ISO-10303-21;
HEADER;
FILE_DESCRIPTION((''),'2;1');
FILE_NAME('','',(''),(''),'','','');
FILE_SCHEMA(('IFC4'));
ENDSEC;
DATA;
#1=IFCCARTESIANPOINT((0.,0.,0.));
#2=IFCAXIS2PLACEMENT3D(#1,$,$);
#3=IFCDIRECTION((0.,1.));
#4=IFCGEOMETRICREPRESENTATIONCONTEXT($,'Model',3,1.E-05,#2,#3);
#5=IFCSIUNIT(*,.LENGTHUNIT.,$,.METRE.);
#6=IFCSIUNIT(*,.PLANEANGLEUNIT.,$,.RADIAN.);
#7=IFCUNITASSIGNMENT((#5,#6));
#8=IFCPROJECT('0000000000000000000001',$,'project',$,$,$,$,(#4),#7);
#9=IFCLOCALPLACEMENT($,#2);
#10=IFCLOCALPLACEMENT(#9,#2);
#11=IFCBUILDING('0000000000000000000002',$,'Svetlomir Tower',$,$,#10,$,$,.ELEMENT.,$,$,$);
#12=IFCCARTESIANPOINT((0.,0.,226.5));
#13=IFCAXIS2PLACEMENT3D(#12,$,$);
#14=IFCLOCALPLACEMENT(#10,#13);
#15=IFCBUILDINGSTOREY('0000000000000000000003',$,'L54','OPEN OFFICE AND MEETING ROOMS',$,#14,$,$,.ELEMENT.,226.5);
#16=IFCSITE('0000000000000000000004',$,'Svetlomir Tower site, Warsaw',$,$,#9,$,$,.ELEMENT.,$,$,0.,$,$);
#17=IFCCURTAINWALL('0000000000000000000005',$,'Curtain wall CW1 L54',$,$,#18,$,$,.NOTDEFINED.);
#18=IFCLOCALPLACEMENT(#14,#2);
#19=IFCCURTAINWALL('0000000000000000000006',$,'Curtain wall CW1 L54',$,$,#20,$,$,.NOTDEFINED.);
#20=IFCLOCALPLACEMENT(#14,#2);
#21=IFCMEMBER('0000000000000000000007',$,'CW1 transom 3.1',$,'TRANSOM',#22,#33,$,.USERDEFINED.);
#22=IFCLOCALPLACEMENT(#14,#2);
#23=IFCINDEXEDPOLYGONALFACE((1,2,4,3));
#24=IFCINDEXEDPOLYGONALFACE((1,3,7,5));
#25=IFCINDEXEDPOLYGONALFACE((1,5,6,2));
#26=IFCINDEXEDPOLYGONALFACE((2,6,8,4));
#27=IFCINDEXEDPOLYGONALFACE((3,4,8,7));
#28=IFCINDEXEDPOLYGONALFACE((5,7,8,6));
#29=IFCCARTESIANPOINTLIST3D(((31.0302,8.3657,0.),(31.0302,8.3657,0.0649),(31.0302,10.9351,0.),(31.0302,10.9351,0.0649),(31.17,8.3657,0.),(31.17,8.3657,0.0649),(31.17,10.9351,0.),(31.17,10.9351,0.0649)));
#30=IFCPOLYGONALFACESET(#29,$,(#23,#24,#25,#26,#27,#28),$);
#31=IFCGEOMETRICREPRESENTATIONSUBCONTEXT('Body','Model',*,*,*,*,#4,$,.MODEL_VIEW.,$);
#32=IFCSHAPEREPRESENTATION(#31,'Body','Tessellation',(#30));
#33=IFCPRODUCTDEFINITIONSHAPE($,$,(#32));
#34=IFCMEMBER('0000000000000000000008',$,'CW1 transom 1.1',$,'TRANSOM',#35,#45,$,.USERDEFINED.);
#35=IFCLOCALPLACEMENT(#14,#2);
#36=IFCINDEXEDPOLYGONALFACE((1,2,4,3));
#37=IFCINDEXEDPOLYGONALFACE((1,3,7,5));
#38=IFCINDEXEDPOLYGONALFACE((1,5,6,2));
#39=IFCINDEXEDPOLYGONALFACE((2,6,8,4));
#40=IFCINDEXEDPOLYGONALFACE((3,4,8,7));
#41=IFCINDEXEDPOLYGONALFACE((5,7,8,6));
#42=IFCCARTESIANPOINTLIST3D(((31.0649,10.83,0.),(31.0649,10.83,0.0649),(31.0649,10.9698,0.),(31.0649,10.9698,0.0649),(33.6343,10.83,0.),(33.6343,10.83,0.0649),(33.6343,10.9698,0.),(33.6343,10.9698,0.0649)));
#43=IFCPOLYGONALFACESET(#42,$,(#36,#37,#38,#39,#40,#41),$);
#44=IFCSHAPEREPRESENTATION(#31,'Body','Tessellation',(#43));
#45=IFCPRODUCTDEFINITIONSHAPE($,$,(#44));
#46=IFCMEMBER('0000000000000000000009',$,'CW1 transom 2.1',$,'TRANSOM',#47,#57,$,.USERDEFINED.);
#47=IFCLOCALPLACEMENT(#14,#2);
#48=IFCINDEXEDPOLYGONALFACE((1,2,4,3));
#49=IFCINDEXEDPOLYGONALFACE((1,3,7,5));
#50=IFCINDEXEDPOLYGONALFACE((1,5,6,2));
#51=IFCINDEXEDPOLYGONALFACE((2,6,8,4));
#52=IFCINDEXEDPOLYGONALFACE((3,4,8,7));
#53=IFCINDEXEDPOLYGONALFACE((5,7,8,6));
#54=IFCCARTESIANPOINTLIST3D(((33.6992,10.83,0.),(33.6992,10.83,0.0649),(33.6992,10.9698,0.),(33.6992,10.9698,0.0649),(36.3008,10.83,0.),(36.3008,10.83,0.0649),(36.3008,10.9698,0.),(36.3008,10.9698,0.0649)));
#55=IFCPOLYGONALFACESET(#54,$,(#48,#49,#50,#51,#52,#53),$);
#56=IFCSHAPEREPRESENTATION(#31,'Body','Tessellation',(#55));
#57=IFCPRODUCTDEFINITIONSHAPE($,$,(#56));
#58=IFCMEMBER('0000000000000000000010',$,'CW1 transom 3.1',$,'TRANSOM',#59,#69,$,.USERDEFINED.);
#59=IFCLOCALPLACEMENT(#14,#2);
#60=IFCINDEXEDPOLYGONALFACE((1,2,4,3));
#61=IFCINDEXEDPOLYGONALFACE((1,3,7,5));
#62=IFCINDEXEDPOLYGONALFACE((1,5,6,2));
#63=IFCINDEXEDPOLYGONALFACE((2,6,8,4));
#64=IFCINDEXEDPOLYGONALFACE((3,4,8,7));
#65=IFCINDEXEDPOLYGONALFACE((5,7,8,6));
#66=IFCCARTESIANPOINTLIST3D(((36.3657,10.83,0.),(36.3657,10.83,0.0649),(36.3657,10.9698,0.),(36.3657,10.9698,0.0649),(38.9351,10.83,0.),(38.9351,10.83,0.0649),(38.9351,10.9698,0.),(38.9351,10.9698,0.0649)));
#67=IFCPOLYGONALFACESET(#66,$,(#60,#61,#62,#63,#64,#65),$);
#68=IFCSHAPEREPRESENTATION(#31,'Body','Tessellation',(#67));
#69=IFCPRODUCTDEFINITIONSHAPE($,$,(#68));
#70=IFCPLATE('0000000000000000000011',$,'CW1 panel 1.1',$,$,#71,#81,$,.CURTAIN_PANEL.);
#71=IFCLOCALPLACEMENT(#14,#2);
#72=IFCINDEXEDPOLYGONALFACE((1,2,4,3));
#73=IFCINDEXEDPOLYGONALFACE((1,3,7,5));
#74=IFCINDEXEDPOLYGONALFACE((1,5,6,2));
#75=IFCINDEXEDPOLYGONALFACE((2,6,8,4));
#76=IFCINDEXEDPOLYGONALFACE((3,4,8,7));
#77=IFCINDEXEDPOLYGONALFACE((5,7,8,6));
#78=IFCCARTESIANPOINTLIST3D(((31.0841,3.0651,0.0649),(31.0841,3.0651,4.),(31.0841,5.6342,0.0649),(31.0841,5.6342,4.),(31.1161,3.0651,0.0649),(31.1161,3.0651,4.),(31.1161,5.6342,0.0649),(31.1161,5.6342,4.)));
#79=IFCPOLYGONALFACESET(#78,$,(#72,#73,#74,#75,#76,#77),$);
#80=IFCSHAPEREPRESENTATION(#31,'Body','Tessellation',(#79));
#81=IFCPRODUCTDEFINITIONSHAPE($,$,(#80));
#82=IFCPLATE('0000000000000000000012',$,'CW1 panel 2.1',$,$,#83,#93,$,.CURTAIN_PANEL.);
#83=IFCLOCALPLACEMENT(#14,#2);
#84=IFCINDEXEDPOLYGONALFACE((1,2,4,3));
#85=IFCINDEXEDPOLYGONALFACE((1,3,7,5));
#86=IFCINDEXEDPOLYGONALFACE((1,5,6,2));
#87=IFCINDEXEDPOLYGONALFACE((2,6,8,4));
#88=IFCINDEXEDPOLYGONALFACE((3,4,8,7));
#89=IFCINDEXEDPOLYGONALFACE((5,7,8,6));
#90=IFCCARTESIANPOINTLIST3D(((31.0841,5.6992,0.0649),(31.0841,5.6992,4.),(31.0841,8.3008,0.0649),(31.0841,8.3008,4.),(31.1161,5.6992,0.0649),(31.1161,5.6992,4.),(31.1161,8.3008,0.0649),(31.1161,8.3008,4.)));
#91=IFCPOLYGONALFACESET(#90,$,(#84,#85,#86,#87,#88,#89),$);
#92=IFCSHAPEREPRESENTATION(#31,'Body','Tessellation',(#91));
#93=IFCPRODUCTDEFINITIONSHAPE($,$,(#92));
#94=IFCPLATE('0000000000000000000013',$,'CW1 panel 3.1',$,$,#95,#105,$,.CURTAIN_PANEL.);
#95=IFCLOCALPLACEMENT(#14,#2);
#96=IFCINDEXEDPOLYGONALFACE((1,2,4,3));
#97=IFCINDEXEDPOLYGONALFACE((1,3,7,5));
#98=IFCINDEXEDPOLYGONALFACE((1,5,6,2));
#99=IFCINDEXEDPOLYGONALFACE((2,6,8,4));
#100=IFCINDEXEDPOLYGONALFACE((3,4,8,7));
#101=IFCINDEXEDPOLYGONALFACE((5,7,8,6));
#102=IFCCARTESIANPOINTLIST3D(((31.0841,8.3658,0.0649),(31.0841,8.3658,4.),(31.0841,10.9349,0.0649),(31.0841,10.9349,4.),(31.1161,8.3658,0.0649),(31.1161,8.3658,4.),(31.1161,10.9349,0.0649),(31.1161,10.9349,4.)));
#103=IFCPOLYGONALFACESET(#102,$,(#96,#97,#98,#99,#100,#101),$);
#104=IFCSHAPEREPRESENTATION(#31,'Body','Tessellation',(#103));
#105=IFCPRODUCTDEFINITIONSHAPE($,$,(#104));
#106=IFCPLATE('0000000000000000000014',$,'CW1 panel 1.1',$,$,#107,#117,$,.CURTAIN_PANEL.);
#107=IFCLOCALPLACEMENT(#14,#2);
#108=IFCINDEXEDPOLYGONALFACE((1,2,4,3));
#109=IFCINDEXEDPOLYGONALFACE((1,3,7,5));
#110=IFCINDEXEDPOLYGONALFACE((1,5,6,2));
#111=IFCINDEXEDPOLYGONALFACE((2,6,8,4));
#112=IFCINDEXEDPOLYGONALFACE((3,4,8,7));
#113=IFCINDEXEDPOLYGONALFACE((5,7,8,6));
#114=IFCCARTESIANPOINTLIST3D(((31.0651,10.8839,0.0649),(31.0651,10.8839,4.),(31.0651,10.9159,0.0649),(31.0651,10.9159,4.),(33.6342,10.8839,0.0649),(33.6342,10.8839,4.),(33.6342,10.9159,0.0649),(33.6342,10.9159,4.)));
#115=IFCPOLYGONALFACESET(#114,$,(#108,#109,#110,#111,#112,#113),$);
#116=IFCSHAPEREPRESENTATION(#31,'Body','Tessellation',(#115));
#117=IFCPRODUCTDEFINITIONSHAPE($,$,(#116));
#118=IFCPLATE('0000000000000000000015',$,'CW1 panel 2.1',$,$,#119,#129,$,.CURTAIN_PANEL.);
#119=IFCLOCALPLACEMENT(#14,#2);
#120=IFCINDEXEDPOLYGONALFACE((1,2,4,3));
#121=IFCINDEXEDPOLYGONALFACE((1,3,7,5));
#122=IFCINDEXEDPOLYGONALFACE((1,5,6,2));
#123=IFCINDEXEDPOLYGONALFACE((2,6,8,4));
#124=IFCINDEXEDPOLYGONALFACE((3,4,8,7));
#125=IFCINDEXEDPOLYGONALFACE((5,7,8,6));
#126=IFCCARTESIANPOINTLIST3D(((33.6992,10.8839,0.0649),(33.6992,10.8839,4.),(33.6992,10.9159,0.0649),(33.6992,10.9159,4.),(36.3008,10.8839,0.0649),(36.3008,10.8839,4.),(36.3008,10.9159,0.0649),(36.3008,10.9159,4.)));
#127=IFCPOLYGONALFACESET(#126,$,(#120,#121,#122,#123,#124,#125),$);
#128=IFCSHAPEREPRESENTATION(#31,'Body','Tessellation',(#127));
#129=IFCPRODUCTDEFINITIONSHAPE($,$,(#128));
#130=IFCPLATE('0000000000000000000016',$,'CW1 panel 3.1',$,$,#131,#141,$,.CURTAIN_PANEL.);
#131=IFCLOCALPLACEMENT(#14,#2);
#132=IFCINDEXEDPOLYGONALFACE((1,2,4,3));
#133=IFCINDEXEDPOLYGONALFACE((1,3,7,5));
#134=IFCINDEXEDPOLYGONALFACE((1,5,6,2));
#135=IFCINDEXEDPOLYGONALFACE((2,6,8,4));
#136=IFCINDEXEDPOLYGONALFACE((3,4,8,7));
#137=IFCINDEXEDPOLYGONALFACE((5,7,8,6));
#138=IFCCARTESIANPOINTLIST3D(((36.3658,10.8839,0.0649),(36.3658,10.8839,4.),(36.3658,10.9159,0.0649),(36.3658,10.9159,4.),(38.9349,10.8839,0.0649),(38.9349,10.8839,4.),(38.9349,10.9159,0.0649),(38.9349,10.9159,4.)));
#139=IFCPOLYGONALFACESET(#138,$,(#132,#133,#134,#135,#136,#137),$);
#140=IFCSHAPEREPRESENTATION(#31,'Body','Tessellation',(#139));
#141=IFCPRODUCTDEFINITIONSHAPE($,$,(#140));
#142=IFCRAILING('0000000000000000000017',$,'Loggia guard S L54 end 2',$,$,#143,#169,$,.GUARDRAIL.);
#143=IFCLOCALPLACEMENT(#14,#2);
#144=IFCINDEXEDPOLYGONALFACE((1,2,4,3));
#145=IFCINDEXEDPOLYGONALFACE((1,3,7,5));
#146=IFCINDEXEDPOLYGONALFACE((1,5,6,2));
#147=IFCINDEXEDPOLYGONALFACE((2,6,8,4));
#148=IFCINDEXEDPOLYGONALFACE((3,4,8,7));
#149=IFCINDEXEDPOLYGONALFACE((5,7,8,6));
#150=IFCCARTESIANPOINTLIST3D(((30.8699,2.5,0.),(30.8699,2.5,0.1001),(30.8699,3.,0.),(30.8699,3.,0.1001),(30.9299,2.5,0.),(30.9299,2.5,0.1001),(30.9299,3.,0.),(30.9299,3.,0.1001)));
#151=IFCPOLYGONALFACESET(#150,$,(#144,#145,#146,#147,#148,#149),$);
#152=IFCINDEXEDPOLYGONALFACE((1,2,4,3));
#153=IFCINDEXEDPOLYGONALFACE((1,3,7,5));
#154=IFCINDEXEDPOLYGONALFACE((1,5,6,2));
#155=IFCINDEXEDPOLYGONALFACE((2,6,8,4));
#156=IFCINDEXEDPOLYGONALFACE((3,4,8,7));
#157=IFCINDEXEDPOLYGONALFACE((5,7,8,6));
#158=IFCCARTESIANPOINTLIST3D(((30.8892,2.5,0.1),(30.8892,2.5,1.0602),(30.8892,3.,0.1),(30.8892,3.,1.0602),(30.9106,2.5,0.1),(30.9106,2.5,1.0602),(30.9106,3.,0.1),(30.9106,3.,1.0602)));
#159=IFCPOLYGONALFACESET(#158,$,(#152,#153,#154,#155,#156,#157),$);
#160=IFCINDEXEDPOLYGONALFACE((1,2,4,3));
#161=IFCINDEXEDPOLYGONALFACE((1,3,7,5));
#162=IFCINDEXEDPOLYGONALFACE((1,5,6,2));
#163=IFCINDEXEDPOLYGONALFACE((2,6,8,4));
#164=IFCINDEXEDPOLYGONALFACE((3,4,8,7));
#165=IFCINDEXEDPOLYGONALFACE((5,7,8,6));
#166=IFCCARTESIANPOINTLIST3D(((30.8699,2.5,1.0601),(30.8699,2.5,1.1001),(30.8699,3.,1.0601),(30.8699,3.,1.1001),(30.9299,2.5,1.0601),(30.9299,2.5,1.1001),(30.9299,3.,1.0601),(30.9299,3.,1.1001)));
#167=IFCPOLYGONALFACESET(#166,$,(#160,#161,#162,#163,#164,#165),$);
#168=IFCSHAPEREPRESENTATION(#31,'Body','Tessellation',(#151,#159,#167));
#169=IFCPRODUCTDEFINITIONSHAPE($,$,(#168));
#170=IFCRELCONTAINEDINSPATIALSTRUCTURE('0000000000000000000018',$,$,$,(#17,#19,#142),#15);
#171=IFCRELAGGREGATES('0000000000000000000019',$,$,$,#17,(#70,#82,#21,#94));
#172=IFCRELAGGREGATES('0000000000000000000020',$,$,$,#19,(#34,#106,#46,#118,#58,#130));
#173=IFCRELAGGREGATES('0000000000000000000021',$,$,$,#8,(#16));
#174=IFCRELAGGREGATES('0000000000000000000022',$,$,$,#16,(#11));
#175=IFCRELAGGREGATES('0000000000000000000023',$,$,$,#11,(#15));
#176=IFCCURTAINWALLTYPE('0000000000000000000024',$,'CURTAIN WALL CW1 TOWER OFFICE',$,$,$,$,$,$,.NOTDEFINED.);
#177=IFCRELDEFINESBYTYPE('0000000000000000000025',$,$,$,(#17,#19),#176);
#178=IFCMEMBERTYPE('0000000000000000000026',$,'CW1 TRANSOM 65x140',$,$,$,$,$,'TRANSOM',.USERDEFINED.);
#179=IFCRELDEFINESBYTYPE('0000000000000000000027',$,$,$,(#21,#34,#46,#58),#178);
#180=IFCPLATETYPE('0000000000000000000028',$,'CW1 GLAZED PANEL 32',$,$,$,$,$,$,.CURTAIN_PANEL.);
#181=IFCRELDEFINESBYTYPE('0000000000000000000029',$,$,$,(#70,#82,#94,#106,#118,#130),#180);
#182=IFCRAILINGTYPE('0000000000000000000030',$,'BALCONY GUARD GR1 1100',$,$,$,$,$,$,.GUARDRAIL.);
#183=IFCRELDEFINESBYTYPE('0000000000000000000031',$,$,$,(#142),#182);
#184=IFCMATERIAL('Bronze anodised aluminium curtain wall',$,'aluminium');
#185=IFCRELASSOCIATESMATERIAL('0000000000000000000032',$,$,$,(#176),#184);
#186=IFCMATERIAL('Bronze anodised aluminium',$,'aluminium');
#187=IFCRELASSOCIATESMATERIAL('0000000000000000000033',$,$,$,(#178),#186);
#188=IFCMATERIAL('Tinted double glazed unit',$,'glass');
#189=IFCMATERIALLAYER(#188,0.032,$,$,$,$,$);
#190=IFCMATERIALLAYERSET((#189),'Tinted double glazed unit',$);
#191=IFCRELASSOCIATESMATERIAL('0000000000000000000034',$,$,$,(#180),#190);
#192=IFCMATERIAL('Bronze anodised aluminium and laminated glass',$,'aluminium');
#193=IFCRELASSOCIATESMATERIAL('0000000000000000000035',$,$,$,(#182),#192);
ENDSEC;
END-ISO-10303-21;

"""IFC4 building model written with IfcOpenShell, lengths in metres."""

from ifc_helpers import new_model, si_unit, direction, frame, origin, origin_2d, place, context, subcontext, project, spatial, rectangle, extrude, material, layer, layer_set, material_profile, profile_set, type_object, element, aggregate, save


model = new_model("IFC4")

# Units and contexts
model_context = context("Model", 3, precision=1e-05, world=origin(), true_north=direction((0.0, 1.0)))
body_context = subcontext(model_context, "Body", "Model", "MODEL_VIEW")
ifc_project = project(units=[si_unit("LENGTHUNIT", "METRE"), si_unit("PLANEANGLEUNIT", "RADIAN")], contexts=[model_context])

# Site, building, storey
site_placement = place(None, origin())
site = spatial("IfcSite", under=ifc_project, at=site_placement, Name="Svetlomir Tower site, Warsaw", CompositionType="ELEMENT", RefElevation=0.0)
building_placement = place(site_placement, origin())
building = spatial("IfcBuilding", under=site, at=building_placement, Name="Svetlomir Tower", CompositionType="ELEMENT")
storey_placement = place(building_placement, frame((0.0, 0.0, 226.5)))
storey = spatial("IfcBuildingStorey", under=building, at=storey_placement, Name="L54", Description="OPEN OFFICE AND MEETING ROOMS", CompositionType="ELEMENT", Elevation=226.5)

# Curtain walls
ifc_material_1 = material(Name="Bronze anodised aluminium curtain wall", Category="aluminium")
curtain_wall_type = type_object("IfcCurtainWallType", Name="CURTAIN WALL CW1 TOWER OFFICE", PredefinedType="NOTDEFINED", material=ifc_material_1)
curtain_wall_1_placement = place(storey_placement, origin())
curtain_wall_1 = element("IfcCurtainWall", 1, at=curtain_wall_1_placement, inside=storey, type_object=curtain_wall_type, Name="Curtain wall CW1 L54", PredefinedType="NOTDEFINED")
curtain_wall_2_placement = place(storey_placement, origin())
curtain_wall_2 = element("IfcCurtainWall", 2, at=curtain_wall_2_placement, inside=storey, type_object=curtain_wall_type, Name="Curtain wall CW1 L54", PredefinedType="NOTDEFINED")

# Members
ifc_material_2 = material(Name="Bronze anodised aluminium", Category="aluminium")
ifc_material_profile_1 = material_profile(ifc_material_2, rectangle(XDim=0.1399, YDim=0.0649, at=origin_2d()), Name="AL 140x65")
ifc_profile_set_1 = profile_set([ifc_material_profile_1], Name="Bronze anodised aluminium 6063-T6")
member_type_1 = type_object("IfcMemberType", Name="CW1 TRANSOM 65x140", ElementType="TRANSOM", PredefinedType="USERDEFINED", material=ifc_profile_set_1)
member_1_placement = place(storey_placement, frame((31.1001, 8.3657, 0.0325), z_axis=(0.0, 1.0, 0.0), x_axis=(-1.0, 0.0, 0.0)))
member_1 = element("IfcMember", 3, at=member_1_placement, type_object=member_type_1, Name="CW1 transom 3.1", ObjectType="TRANSOM", PredefinedType="USERDEFINED", context=body_context, shape_type="SweptSolid", body=[
    extrude(rectangle(XDim=0.1399, YDim=0.0649, at=origin_2d()), origin(), (0.0, 0.0, 1.0), 2.5693),
])
member_2_placement = place(storey_placement, frame((31.0649, 10.8999, 0.0325), z_axis=(1.0, 0.0, 0.0), x_axis=(0.0, 1.0, 0.0)))
member_2 = element("IfcMember", 4, at=member_2_placement, type_object=member_type_1, Name="CW1 transom 1.1", ObjectType="TRANSOM", PredefinedType="USERDEFINED", context=body_context, shape_type="SweptSolid", body=[
    extrude(rectangle(XDim=0.1399, YDim=0.0649, at=origin_2d()), origin(), (0.0, 0.0, 1.0), 2.5693),
])
member_3_placement = place(storey_placement, frame((33.6992, 10.8999, 0.0325), z_axis=(1.0, 0.0, 0.0), x_axis=(0.0, 1.0, 0.0)))
member_3 = element("IfcMember", 5, at=member_3_placement, type_object=member_type_1, Name="CW1 transom 2.1", ObjectType="TRANSOM", PredefinedType="USERDEFINED", context=body_context, shape_type="SweptSolid", body=[
    extrude(rectangle(XDim=0.1399, YDim=0.0649, at=origin_2d()), origin(), (0.0, 0.0, 1.0), 2.6016),
])
member_4_placement = place(storey_placement, frame((36.3657, 10.8999, 0.0325), z_axis=(1.0, 0.0, 0.0), x_axis=(0.0, 1.0, 0.0)))
member_4 = element("IfcMember", 6, at=member_4_placement, type_object=member_type_1, Name="CW1 transom 3.1", ObjectType="TRANSOM", PredefinedType="USERDEFINED", context=body_context, shape_type="SweptSolid", body=[
    extrude(rectangle(XDim=0.1399, YDim=0.0649, at=origin_2d()), origin(), (0.0, 0.0, 1.0), 2.5693),
])

# Plates
ifc_material_3 = material(Name="Tinted double glazed unit", Category="glass")
ifc_layer_1 = layer(ifc_material_3, 0.032)
ifc_layer_set_1 = layer_set([ifc_layer_1], Name="Tinted double glazed unit")
plate_type = type_object("IfcPlateType", Name="CW1 GLAZED PANEL 32", PredefinedType="CURTAIN_PANEL", material=ifc_layer_set_1)
plate_1_placement = place(storey_placement, frame((31.1001, 4.3496, 0.0649), z_axis=(0.0, 0.0, 1.0), x_axis=(0.0, 1.0, 0.0)))
plate_1 = element("IfcPlate", 7, at=plate_1_placement, type_object=plate_type, Name="CW1 panel 1.1", PredefinedType="CURTAIN_PANEL", context=body_context, shape_type="SweptSolid", body=[
    extrude(rectangle(XDim=2.5691, YDim=0.032, at=origin_2d()), origin(), (0.0, 0.0, 1.0), 3.9351),
])
plate_2_placement = place(storey_placement, frame((31.1001, 7.0, 0.0649), z_axis=(0.0, 0.0, 1.0), x_axis=(0.0, 1.0, 0.0)))
plate_2 = element("IfcPlate", 8, at=plate_2_placement, type_object=plate_type, Name="CW1 panel 2.1", PredefinedType="CURTAIN_PANEL", context=body_context, shape_type="SweptSolid", body=[
    extrude(rectangle(XDim=2.6016, YDim=0.032, at=origin_2d()), origin(), (0.0, 0.0, 1.0), 3.9351),
])
plate_3_placement = place(storey_placement, frame((31.1001, 9.6504, 0.0649), z_axis=(0.0, 0.0, 1.0), x_axis=(0.0, 1.0, 0.0)))
plate_3 = element("IfcPlate", 9, at=plate_3_placement, type_object=plate_type, Name="CW1 panel 3.1", PredefinedType="CURTAIN_PANEL", context=body_context, shape_type="SweptSolid", body=[
    extrude(rectangle(XDim=2.5691, YDim=0.032, at=origin_2d()), origin(), (0.0, 0.0, 1.0), 3.9351),
])
aggregate(curtain_wall_1, [plate_1, plate_2, member_1, plate_3])
plate_4_placement = place(storey_placement, frame((32.3496, 10.8999, 0.0649), z_axis=(0.0, 0.0, 1.0), x_axis=(1.0, 0.0, 0.0)))
plate_4 = element("IfcPlate", 10, at=plate_4_placement, type_object=plate_type, Name="CW1 panel 1.1", PredefinedType="CURTAIN_PANEL", context=body_context, shape_type="SweptSolid", body=[
    extrude(rectangle(XDim=2.5691, YDim=0.032, at=origin_2d()), origin(), (0.0, 0.0, 1.0), 3.9351),
])
plate_5_placement = place(storey_placement, frame((35.0, 10.8999, 0.0649), z_axis=(0.0, 0.0, 1.0), x_axis=(1.0, 0.0, 0.0)))
plate_5 = element("IfcPlate", 11, at=plate_5_placement, type_object=plate_type, Name="CW1 panel 2.1", PredefinedType="CURTAIN_PANEL", context=body_context, shape_type="SweptSolid", body=[
    extrude(rectangle(XDim=2.6016, YDim=0.032, at=origin_2d()), origin(), (0.0, 0.0, 1.0), 3.9351),
])
plate_6_placement = place(storey_placement, frame((37.6504, 10.8999, 0.0649), z_axis=(0.0, 0.0, 1.0), x_axis=(1.0, 0.0, 0.0)))
plate_6 = element("IfcPlate", 12, at=plate_6_placement, type_object=plate_type, Name="CW1 panel 3.1", PredefinedType="CURTAIN_PANEL", context=body_context, shape_type="SweptSolid", body=[
    extrude(rectangle(XDim=2.5691, YDim=0.032, at=origin_2d()), origin(), (0.0, 0.0, 1.0), 3.9351),
])
aggregate(curtain_wall_2, [member_2, plate_4, member_3, plate_5, member_4, plate_6])

# Railing
ifc_material_4 = material(Name="Bronze anodised aluminium and laminated glass", Category="aluminium")
railing_type = type_object("IfcRailingType", Name="BALCONY GUARD GR1 1100", PredefinedType="GUARDRAIL", material=ifc_material_4)
railing_placement = place(storey_placement, frame((30.8999, 2.5, 0.0)))
element("IfcRailing", 13, at=railing_placement, inside=storey, type_object=railing_type, Name="Loggia guard S L54 end 2", PredefinedType="GUARDRAIL", context=body_context, shape_type="SweptSolid", body=[
    extrude(rectangle(XDim=0.0601, YDim=0.1001, at=origin_2d()), frame((0.0, 0.0, 0.05), z_axis=(0.0, 1.0, 0.0), x_axis=(-1.0, 0.0, 0.0)), (0.0, 0.0, 1.0), 0.5),
    extrude(rectangle(XDim=0.0215, YDim=0.9602, at=origin_2d()), frame((0.0, 0.0, 0.5801), z_axis=(0.0, 1.0, 0.0), x_axis=(-1.0, 0.0, 0.0)), (0.0, 0.0, 1.0), 0.5),
    extrude(rectangle(XDim=0.0601, YDim=0.04, at=origin_2d()), frame((0.0, 0.0, 1.0801), z_axis=(0.0, 1.0, 0.0), x_axis=(-1.0, 0.0, 0.0)), (0.0, 0.0, 1.0), 0.5),
])

save(model, "model.ifc")
